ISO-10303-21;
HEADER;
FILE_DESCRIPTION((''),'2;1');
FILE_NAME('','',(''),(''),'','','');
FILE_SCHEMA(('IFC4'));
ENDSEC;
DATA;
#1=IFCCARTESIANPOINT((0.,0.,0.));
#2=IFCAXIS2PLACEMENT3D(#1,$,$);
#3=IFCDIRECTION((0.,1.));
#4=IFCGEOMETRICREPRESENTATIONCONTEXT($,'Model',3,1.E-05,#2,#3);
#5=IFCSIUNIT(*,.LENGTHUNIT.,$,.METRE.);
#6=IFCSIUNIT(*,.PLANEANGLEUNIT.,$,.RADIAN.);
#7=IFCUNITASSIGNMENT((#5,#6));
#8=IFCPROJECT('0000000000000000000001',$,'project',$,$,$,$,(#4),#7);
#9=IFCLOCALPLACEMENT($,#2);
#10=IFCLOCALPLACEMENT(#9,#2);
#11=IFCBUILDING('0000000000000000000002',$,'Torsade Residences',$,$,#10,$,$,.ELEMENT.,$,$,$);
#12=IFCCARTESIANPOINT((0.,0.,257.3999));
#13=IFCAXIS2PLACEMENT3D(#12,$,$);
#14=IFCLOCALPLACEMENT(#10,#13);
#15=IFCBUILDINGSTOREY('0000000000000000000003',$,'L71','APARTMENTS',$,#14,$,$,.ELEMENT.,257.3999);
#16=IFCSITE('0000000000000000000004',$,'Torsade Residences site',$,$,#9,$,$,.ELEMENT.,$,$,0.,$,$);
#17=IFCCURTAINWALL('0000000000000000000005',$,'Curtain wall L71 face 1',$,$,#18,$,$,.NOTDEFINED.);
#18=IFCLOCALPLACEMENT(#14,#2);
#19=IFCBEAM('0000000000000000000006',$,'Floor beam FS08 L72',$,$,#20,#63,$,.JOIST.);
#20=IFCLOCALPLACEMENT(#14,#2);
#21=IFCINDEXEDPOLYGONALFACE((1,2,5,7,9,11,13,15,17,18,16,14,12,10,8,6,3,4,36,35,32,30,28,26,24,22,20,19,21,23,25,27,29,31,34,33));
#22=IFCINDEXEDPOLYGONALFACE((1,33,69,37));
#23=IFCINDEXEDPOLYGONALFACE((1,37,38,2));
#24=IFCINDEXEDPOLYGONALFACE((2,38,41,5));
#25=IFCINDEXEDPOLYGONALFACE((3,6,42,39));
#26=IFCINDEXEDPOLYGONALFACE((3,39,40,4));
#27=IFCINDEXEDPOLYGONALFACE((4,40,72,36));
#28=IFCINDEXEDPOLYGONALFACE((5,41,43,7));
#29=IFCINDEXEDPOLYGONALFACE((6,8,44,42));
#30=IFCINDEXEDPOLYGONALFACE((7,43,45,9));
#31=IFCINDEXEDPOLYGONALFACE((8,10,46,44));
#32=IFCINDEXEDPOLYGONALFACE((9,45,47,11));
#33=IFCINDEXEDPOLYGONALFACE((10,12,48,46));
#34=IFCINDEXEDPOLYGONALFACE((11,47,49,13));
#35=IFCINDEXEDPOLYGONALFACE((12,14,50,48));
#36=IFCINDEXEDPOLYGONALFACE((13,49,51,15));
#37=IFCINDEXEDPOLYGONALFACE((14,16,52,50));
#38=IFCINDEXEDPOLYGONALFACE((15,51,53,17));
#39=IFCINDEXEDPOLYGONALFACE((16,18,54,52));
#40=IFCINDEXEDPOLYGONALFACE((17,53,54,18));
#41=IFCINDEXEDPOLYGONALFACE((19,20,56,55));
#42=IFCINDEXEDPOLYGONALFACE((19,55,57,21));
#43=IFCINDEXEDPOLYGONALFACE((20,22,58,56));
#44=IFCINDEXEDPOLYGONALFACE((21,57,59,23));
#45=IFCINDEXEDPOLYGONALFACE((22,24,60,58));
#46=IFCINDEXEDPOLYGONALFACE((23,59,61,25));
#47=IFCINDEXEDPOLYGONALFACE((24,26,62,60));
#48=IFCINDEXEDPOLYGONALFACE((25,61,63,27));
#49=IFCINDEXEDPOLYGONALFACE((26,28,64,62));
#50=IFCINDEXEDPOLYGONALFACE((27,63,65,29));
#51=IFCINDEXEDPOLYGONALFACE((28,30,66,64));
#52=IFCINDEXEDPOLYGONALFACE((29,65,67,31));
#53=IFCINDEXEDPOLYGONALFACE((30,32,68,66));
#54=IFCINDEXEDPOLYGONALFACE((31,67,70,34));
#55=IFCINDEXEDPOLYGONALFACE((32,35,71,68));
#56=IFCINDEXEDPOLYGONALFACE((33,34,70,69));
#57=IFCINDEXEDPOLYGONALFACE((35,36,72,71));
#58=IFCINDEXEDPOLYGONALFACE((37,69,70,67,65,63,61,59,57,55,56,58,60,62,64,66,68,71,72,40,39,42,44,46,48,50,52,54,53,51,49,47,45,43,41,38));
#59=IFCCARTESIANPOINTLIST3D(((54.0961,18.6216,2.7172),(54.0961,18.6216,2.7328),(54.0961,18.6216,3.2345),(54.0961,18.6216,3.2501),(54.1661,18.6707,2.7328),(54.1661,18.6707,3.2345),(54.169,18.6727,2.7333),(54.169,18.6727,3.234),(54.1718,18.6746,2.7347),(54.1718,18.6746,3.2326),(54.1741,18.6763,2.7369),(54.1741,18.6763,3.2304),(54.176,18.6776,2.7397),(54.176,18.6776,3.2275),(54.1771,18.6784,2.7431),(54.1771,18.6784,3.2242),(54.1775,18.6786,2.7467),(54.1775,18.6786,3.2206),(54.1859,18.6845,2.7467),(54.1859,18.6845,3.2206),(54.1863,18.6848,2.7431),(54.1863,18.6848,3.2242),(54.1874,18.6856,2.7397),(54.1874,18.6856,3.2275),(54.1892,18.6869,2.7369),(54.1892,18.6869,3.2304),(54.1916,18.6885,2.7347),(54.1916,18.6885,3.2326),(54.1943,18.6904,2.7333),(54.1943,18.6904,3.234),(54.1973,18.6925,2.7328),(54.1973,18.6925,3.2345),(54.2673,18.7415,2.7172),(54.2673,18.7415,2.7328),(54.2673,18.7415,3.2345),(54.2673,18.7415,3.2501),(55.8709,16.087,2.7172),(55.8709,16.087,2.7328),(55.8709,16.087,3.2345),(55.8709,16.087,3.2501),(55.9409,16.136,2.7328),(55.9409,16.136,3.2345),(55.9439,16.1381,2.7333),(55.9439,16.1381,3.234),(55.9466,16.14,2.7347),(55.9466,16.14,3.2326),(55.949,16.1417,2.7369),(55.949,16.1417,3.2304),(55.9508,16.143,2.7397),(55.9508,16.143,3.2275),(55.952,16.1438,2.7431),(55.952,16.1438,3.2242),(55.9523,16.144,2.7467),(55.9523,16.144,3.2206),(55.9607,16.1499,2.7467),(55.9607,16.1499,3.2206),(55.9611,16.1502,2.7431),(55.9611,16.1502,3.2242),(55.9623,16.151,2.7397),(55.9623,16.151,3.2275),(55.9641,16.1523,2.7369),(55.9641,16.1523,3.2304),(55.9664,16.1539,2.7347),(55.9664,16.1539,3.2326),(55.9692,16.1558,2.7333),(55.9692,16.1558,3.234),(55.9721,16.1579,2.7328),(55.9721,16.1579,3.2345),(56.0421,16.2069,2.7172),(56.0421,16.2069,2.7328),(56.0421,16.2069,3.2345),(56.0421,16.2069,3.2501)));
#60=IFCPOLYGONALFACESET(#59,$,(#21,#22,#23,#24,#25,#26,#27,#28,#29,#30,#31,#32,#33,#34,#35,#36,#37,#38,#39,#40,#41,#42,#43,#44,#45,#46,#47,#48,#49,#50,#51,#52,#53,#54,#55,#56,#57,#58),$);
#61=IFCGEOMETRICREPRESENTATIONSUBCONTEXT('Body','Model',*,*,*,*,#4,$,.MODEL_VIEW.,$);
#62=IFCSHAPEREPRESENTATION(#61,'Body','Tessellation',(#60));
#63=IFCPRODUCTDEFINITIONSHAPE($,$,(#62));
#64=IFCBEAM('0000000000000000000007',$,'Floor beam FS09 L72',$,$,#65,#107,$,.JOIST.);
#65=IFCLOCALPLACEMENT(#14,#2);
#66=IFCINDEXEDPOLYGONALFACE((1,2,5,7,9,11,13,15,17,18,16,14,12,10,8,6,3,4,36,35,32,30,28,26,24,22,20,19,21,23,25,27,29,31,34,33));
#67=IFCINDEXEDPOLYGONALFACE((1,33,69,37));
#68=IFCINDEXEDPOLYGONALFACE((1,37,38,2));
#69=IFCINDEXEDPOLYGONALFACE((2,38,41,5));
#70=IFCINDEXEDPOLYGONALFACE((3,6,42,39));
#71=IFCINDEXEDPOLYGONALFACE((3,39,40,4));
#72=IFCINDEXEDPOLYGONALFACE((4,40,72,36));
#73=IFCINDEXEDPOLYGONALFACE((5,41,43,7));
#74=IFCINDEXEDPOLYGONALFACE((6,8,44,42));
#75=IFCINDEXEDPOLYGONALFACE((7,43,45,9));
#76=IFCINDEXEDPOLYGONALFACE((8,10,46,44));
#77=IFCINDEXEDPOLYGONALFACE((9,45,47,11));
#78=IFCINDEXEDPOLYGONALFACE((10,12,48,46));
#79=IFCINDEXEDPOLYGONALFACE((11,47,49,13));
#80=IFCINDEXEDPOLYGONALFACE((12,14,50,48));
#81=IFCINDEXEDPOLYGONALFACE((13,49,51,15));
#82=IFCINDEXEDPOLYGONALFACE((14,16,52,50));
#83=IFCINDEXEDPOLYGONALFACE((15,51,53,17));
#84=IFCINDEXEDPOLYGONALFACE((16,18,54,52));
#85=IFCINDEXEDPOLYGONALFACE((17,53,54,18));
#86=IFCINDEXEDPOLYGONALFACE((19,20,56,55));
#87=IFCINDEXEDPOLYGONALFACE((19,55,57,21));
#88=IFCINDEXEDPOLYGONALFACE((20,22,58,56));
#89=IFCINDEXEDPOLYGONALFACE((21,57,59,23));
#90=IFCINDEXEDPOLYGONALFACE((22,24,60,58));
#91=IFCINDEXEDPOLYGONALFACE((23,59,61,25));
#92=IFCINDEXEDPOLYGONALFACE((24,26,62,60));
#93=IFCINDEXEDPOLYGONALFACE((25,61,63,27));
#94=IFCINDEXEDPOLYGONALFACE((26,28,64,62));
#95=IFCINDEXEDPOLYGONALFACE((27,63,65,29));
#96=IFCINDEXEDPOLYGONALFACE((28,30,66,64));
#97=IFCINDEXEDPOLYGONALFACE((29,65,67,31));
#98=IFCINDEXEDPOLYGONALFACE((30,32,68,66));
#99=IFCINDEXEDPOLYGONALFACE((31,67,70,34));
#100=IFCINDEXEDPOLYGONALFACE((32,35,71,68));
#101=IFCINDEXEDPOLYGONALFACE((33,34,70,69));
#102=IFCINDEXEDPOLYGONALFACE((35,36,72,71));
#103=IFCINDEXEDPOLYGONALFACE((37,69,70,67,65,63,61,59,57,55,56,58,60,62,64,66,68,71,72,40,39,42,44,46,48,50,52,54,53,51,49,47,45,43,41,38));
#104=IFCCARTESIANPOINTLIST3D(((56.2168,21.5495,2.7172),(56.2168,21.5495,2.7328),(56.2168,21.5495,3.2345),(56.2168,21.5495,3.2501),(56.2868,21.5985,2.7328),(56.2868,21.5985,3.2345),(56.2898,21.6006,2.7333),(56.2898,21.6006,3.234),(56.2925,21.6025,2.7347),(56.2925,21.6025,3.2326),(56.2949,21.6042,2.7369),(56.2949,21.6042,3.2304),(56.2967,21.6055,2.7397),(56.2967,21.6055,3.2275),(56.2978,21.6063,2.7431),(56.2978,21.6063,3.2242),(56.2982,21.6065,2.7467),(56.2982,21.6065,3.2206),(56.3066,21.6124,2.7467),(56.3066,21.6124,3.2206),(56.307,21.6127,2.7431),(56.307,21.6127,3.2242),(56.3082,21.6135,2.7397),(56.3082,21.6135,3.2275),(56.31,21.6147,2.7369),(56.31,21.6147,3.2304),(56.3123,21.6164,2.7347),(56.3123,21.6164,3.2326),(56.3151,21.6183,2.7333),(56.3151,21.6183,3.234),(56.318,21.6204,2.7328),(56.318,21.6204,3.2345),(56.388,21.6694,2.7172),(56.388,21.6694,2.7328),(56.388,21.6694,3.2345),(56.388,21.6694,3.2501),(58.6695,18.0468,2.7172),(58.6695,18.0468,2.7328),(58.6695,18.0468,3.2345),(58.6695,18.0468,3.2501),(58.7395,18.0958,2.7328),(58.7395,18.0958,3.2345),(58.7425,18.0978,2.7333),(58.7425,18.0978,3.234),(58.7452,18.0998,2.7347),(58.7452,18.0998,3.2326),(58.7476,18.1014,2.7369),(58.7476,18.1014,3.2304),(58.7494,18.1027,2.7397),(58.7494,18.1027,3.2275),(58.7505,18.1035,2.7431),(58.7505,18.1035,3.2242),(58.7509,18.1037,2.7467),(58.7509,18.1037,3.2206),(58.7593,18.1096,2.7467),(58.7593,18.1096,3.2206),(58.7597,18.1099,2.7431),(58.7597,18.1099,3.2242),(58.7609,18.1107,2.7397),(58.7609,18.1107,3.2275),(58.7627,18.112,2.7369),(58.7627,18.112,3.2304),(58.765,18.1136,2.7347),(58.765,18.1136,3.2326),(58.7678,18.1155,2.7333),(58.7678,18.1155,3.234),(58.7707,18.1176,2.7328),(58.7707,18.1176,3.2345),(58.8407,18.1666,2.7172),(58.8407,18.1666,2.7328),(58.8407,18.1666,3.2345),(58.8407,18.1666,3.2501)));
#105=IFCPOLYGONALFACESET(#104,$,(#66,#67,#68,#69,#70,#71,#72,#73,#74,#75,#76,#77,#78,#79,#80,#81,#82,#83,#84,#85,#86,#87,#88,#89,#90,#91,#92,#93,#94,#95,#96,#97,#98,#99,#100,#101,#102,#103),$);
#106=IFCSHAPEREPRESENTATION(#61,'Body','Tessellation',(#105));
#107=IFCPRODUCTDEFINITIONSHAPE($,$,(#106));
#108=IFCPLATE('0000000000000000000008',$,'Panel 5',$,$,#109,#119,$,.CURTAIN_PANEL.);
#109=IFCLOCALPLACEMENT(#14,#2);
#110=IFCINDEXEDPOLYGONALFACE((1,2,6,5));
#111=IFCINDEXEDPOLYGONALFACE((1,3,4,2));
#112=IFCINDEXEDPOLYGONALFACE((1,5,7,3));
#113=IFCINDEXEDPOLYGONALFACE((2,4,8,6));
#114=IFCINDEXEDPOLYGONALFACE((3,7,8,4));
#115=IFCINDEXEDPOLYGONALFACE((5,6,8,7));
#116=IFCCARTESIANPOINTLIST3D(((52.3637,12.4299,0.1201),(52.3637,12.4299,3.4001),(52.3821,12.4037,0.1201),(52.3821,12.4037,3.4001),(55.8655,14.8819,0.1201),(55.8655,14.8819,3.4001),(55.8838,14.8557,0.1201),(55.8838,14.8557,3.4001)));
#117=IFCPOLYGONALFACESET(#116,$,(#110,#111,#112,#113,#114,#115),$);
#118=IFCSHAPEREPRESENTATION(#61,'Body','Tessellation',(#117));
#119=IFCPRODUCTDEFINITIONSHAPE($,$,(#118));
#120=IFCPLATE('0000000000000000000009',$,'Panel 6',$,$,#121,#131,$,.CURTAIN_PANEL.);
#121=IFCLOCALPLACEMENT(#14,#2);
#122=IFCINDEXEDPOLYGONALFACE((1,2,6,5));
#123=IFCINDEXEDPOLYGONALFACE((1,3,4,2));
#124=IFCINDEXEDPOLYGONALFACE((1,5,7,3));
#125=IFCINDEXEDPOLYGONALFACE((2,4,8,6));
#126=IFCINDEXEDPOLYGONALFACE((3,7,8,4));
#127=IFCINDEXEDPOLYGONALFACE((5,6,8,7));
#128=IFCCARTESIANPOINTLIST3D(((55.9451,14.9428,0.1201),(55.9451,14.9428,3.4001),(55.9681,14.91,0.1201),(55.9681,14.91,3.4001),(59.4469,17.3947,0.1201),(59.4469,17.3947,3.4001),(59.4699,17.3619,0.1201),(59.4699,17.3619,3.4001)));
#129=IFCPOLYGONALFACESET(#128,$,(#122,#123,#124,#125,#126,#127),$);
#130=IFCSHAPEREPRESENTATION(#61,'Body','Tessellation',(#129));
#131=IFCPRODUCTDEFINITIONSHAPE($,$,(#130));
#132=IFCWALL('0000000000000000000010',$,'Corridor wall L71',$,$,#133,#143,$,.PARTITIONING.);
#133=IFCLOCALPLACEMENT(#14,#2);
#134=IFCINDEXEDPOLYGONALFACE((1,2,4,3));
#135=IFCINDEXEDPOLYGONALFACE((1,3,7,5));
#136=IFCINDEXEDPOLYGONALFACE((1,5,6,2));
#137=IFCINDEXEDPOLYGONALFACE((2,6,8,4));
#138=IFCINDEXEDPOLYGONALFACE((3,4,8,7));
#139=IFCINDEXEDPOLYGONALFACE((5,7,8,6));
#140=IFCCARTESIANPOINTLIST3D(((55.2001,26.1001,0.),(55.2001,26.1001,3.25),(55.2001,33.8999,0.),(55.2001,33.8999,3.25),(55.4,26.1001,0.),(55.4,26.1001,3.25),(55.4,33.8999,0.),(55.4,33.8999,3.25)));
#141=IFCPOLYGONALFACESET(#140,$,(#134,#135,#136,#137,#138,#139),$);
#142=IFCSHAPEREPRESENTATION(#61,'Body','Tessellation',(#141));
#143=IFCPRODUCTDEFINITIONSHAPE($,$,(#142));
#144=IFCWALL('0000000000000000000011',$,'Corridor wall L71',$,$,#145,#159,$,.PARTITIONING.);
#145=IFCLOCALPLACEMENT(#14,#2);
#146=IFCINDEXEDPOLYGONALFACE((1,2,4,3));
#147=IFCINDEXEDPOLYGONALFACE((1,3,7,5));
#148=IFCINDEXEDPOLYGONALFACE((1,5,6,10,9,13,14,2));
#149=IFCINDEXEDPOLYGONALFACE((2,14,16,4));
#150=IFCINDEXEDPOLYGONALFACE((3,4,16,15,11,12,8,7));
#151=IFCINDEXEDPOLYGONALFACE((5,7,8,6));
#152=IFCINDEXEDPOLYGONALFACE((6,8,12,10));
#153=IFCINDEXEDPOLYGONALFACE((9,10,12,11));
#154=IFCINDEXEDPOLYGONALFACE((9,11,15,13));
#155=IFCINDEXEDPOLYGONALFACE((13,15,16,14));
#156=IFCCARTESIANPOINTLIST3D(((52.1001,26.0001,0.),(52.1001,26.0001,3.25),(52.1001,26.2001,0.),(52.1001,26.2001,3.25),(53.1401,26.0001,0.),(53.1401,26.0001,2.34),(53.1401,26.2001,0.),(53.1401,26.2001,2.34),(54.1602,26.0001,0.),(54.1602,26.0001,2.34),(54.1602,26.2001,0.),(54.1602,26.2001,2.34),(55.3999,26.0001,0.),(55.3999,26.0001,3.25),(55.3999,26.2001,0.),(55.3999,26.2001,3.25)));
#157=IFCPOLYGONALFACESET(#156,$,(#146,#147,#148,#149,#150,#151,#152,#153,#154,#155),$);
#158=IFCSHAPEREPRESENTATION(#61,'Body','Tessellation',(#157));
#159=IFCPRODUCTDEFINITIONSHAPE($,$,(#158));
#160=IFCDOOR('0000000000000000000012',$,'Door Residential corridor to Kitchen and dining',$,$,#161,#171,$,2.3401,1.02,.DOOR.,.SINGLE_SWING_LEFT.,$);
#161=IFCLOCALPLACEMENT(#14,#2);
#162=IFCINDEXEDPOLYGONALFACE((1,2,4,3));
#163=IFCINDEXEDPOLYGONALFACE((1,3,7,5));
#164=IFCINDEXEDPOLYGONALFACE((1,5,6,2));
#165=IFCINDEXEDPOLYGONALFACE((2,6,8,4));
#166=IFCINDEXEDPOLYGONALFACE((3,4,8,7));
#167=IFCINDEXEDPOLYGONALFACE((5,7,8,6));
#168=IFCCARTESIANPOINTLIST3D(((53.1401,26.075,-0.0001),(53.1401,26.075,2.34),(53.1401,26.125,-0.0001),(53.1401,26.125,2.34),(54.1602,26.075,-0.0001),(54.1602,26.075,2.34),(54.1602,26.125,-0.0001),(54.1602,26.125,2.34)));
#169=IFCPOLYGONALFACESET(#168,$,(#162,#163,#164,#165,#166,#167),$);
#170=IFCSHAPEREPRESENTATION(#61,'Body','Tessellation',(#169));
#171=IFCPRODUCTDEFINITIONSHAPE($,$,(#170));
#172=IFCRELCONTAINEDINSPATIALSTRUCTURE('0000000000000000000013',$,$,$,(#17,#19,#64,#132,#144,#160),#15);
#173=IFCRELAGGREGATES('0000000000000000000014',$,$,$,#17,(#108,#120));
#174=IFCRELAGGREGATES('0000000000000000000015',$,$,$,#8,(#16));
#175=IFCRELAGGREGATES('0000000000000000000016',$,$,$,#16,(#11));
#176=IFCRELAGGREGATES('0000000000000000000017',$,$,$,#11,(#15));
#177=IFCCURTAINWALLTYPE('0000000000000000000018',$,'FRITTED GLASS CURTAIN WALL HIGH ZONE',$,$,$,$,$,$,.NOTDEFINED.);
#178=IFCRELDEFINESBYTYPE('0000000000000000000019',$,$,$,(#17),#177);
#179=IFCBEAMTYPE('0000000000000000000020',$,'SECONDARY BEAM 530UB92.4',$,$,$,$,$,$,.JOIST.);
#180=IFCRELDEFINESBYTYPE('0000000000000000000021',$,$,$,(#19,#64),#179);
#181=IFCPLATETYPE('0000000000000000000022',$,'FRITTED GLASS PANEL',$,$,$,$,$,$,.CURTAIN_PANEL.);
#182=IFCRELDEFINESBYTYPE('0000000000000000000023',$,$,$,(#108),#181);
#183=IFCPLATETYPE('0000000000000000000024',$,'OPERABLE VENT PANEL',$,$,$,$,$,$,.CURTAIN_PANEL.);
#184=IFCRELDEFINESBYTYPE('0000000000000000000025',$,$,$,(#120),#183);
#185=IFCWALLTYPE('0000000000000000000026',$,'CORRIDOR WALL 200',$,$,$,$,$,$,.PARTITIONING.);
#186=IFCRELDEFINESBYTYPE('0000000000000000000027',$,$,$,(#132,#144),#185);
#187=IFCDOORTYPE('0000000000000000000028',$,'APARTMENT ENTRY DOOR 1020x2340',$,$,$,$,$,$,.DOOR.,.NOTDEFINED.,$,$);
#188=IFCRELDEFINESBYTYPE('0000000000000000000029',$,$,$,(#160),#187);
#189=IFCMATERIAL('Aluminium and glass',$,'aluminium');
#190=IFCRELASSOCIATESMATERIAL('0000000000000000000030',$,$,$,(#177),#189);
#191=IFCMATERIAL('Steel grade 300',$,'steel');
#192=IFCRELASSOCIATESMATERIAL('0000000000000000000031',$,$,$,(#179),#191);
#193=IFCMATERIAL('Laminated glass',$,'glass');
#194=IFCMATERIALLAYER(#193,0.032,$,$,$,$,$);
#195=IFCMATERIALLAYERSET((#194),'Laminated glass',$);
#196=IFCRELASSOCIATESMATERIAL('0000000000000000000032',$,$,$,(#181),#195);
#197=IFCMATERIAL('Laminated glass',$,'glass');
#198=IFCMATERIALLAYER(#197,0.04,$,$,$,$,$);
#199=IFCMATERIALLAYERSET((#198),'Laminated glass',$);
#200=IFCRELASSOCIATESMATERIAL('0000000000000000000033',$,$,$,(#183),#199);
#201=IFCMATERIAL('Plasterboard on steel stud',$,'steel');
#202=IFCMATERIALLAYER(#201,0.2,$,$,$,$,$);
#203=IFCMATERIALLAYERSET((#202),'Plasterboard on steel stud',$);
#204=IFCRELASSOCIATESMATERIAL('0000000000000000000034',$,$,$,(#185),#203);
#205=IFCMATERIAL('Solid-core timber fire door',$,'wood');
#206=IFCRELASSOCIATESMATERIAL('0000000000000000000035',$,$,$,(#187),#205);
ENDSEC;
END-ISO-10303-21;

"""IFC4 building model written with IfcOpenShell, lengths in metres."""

from ifc_helpers import new_model, si_unit, direction, frame, frame_2d, origin, origin_2d, place, context, subcontext, project, spatial, rectangle, i_section, extrude, material, layer, layer_set, material_profile, profile_set, type_object, element, fill, aggregate, save


model = new_model("IFC4")

# Units and contexts
model_context = context("Model", 3, precision=1e-05, world=origin(), true_north=direction((0.0, 1.0)))
body_context = subcontext(model_context, "Body", "Model", "MODEL_VIEW")
ifc_project = project(units=[si_unit("LENGTHUNIT", "METRE"), si_unit("PLANEANGLEUNIT", "RADIAN")], contexts=[model_context])

# Site, building, storey
site_placement = place(None, origin())
site = spatial("IfcSite", under=ifc_project, at=site_placement, Name="Torsade Residences site", CompositionType="ELEMENT", RefElevation=0.0)
building_placement = place(site_placement, origin())
building = spatial("IfcBuilding", under=site, at=building_placement, Name="Torsade Residences", CompositionType="ELEMENT")
storey_placement = place(building_placement, frame((0.0, 0.0, 257.3999)))
storey = spatial("IfcBuildingStorey", under=building, at=storey_placement, Name="L71", Description="APARTMENTS", CompositionType="ELEMENT", Elevation=257.3999)

# Curtain wall
ifc_material_1 = material(Name="Aluminium and glass", Category="aluminium")
curtain_wall_type = type_object("IfcCurtainWallType", Name="FRITTED GLASS CURTAIN WALL HIGH ZONE", PredefinedType="NOTDEFINED", material=ifc_material_1)
curtain_wall_placement = place(storey_placement, origin())
curtain_wall = element("IfcCurtainWall", 1, at=curtain_wall_placement, inside=storey, type_object=curtain_wall_type, Name="Curtain wall L71 face 1", PredefinedType="NOTDEFINED")

# Beams
ifc_material_2 = material(Name="Steel grade 300", Category="steel")
ifc_material_profile_1 = material_profile(ifc_material_2, i_section(OverallWidth=0.209, OverallDepth=0.533, WebThickness=0.0103, FlangeThickness=0.0156, FilletRadius=0.0139, at=origin_2d()), Name="530UB92.4")
ifc_profile_set_1 = profile_set([ifc_material_profile_1], Name="Steel grade 300")
beam_type_1 = type_object("IfcBeamType", Name="SECONDARY BEAM 530UB92.4", PredefinedType="JOIST", material=ifc_profile_set_1)
beam_1_placement = place(storey_placement, frame((55.9565, 16.147, 2.9836), z_axis=(-0.5736, 0.819136, 0.0), x_axis=(-0.819136, -0.5736, 0.0)))
element("IfcBeam", 2, at=beam_1_placement, inside=storey, type_object=beam_type_1, Name="Floor beam FS08 L72", PredefinedType="JOIST", context=body_context, shape_type="SweptSolid", body=[
    extrude(i_section(OverallWidth=0.209, OverallDepth=0.533, WebThickness=0.0103, FlangeThickness=0.0156, FilletRadius=0.0139, at=origin_2d()), origin(), (0.0, 0.0, 1.0), 3.0942),
])
beam_2_placement = place(storey_placement, frame((58.7551, 18.1067, 2.9836), z_axis=(-0.573581, 0.819149, 0.0), x_axis=(-0.819149, -0.573581, 0.0)))
element("IfcBeam", 3, at=beam_2_placement, inside=storey, type_object=beam_type_1, Name="Floor beam FS09 L72", PredefinedType="JOIST", context=body_context, shape_type="SweptSolid", body=[
    extrude(i_section(OverallWidth=0.209, OverallDepth=0.533, WebThickness=0.0103, FlangeThickness=0.0156, FilletRadius=0.0139, at=origin_2d()), origin(), (0.0, 0.0, 1.0), 4.2761),
])

# Plates
ifc_material_3 = material(Name="Laminated glass", Category="glass")
ifc_layer_1 = layer(ifc_material_3, 0.032)
ifc_layer_set_1 = layer_set([ifc_layer_1], Name="Laminated glass")
plate_type_1 = type_object("IfcPlateType", Name="FRITTED GLASS PANEL", PredefinedType="CURTAIN_PANEL", material=ifc_layer_set_1)
plate_1_placement = place(storey_placement, frame((54.1238, 13.6428, 0.1201), z_axis=(0.0, 0.0, 1.0), x_axis=(0.819152, 0.573576, 0.0)))
plate_1 = element("IfcPlate", 4, at=plate_1_placement, type_object=plate_type_1, Name="Panel 5", PredefinedType="CURTAIN_PANEL", context=body_context, shape_type="SweptSolid", body=[
    extrude(rectangle(XDim=4.2749, YDim=0.032, at=origin_2d()), origin(), (0.0, 0.0, 1.0), 3.28),
])
ifc_material_4 = material(Name="Laminated glass", Category="glass")
ifc_layer_2 = layer(ifc_material_4, 0.04)
ifc_layer_set_2 = layer_set([ifc_layer_2], Name="Laminated glass")
plate_type_2 = type_object("IfcPlateType", Name="OPERABLE VENT PANEL", PredefinedType="CURTAIN_PANEL", material=ifc_layer_set_2)
plate_2_placement = place(storey_placement, frame((57.7075, 16.1523, 0.1201), z_axis=(0.0, 0.0, 1.0), x_axis=(0.819152, 0.573576, 0.0)))
plate_2 = element("IfcPlate", 5, at=plate_2_placement, type_object=plate_type_2, Name="Panel 6", PredefinedType="CURTAIN_PANEL", context=body_context, shape_type="SweptSolid", body=[
    extrude(rectangle(XDim=4.2749, YDim=0.04, at=origin_2d()), origin(), (0.0, 0.0, 1.0), 3.28),
])
aggregate(curtain_wall, [plate_1, plate_2])

# Wall
ifc_material_5 = material(Name="Plasterboard on steel stud", Category="steel")
ifc_layer_3 = layer(ifc_material_5, 0.2)
ifc_layer_set_3 = layer_set([ifc_layer_3], Name="Plasterboard on steel stud")
wall_type_1 = type_object("IfcWallType", Name="CORRIDOR WALL 200", PredefinedType="PARTITIONING", material=ifc_layer_set_3)
wall_1_placement = place(storey_placement, frame((55.3, 26.1001, 0.0), z_axis=(0.0, 0.0, 1.0), x_axis=(0.0, 1.0, 0.0)))
element("IfcWall", 6, at=wall_1_placement, inside=storey, type_object=wall_type_1, Name="Corridor wall L71", PredefinedType="PARTITIONING", context=body_context, shape_type="SweptSolid", body=[
    extrude(rectangle(XDim=7.7998, YDim=0.2, at=frame_2d((3.8999, 0.0))), origin(), (0.0, 0.0, 1.0), 3.25),
])

# Wall, opening, door
wall_2_placement = place(storey_placement, frame((52.1001, 26.1001, 0.0), z_axis=(0.0, 0.0, 1.0), x_axis=(1.0, 0.0, 0.0)))
wall_2 = element("IfcWall", 7, at=wall_2_placement, inside=storey, type_object=wall_type_1, Name="Corridor wall L71", PredefinedType="PARTITIONING", context=body_context, shape_type="SweptSolid", body=[
    extrude(rectangle(XDim=3.2998, YDim=0.2, at=frame_2d((1.6499, 0.0))), origin(), (0.0, 0.0, 1.0), 3.25),
])
opening_1_placement = place(wall_2_placement, frame((1.04, 0.0, 0.0)))
opening_1 = element("IfcOpeningElement", 8, at=opening_1_placement, cuts=wall_2, PredefinedType="OPENING", context=body_context, shape_type="SweptSolid", body=[
    extrude(rectangle(XDim=1.02, YDim=2.3401, at=frame_2d((0.51, 1.1699))), frame((0.0, 0.1099, 0.0), z_axis=(0.0, -1.0, 0.0), x_axis=(1.0, 0.0, 0.0)), (0.0, 0.0, 1.0), 0.22),
])
ifc_material_6 = material(Name="Solid-core timber fire door", Category="wood")
door_type_1 = type_object("IfcDoorType", Name="APARTMENT ENTRY DOOR 1020x2340", OperationType="NOTDEFINED", PredefinedType="DOOR", material=ifc_material_6)
door_1_placement = place(opening_1_placement, origin())
door_1 = element("IfcDoor", 9, at=door_1_placement, inside=storey, type_object=door_type_1, Name="Door Residential corridor to Kitchen and dining", OperationType="SINGLE_SWING_LEFT", OverallHeight=2.3401, OverallWidth=1.02, PredefinedType="DOOR", context=body_context, shape_type="SweptSolid", body=[
    extrude(rectangle(XDim=1.02, YDim=2.3401, at=frame_2d((0.51, 1.1699))), frame((0.0, 0.0249, 0.0), z_axis=(0.0, -1.0, 0.0), x_axis=(1.0, 0.0, 0.0)), (0.0, 0.0, 1.0), 0.05),
])
fill(opening_1, door_1)

save(model, "model.ifc")
